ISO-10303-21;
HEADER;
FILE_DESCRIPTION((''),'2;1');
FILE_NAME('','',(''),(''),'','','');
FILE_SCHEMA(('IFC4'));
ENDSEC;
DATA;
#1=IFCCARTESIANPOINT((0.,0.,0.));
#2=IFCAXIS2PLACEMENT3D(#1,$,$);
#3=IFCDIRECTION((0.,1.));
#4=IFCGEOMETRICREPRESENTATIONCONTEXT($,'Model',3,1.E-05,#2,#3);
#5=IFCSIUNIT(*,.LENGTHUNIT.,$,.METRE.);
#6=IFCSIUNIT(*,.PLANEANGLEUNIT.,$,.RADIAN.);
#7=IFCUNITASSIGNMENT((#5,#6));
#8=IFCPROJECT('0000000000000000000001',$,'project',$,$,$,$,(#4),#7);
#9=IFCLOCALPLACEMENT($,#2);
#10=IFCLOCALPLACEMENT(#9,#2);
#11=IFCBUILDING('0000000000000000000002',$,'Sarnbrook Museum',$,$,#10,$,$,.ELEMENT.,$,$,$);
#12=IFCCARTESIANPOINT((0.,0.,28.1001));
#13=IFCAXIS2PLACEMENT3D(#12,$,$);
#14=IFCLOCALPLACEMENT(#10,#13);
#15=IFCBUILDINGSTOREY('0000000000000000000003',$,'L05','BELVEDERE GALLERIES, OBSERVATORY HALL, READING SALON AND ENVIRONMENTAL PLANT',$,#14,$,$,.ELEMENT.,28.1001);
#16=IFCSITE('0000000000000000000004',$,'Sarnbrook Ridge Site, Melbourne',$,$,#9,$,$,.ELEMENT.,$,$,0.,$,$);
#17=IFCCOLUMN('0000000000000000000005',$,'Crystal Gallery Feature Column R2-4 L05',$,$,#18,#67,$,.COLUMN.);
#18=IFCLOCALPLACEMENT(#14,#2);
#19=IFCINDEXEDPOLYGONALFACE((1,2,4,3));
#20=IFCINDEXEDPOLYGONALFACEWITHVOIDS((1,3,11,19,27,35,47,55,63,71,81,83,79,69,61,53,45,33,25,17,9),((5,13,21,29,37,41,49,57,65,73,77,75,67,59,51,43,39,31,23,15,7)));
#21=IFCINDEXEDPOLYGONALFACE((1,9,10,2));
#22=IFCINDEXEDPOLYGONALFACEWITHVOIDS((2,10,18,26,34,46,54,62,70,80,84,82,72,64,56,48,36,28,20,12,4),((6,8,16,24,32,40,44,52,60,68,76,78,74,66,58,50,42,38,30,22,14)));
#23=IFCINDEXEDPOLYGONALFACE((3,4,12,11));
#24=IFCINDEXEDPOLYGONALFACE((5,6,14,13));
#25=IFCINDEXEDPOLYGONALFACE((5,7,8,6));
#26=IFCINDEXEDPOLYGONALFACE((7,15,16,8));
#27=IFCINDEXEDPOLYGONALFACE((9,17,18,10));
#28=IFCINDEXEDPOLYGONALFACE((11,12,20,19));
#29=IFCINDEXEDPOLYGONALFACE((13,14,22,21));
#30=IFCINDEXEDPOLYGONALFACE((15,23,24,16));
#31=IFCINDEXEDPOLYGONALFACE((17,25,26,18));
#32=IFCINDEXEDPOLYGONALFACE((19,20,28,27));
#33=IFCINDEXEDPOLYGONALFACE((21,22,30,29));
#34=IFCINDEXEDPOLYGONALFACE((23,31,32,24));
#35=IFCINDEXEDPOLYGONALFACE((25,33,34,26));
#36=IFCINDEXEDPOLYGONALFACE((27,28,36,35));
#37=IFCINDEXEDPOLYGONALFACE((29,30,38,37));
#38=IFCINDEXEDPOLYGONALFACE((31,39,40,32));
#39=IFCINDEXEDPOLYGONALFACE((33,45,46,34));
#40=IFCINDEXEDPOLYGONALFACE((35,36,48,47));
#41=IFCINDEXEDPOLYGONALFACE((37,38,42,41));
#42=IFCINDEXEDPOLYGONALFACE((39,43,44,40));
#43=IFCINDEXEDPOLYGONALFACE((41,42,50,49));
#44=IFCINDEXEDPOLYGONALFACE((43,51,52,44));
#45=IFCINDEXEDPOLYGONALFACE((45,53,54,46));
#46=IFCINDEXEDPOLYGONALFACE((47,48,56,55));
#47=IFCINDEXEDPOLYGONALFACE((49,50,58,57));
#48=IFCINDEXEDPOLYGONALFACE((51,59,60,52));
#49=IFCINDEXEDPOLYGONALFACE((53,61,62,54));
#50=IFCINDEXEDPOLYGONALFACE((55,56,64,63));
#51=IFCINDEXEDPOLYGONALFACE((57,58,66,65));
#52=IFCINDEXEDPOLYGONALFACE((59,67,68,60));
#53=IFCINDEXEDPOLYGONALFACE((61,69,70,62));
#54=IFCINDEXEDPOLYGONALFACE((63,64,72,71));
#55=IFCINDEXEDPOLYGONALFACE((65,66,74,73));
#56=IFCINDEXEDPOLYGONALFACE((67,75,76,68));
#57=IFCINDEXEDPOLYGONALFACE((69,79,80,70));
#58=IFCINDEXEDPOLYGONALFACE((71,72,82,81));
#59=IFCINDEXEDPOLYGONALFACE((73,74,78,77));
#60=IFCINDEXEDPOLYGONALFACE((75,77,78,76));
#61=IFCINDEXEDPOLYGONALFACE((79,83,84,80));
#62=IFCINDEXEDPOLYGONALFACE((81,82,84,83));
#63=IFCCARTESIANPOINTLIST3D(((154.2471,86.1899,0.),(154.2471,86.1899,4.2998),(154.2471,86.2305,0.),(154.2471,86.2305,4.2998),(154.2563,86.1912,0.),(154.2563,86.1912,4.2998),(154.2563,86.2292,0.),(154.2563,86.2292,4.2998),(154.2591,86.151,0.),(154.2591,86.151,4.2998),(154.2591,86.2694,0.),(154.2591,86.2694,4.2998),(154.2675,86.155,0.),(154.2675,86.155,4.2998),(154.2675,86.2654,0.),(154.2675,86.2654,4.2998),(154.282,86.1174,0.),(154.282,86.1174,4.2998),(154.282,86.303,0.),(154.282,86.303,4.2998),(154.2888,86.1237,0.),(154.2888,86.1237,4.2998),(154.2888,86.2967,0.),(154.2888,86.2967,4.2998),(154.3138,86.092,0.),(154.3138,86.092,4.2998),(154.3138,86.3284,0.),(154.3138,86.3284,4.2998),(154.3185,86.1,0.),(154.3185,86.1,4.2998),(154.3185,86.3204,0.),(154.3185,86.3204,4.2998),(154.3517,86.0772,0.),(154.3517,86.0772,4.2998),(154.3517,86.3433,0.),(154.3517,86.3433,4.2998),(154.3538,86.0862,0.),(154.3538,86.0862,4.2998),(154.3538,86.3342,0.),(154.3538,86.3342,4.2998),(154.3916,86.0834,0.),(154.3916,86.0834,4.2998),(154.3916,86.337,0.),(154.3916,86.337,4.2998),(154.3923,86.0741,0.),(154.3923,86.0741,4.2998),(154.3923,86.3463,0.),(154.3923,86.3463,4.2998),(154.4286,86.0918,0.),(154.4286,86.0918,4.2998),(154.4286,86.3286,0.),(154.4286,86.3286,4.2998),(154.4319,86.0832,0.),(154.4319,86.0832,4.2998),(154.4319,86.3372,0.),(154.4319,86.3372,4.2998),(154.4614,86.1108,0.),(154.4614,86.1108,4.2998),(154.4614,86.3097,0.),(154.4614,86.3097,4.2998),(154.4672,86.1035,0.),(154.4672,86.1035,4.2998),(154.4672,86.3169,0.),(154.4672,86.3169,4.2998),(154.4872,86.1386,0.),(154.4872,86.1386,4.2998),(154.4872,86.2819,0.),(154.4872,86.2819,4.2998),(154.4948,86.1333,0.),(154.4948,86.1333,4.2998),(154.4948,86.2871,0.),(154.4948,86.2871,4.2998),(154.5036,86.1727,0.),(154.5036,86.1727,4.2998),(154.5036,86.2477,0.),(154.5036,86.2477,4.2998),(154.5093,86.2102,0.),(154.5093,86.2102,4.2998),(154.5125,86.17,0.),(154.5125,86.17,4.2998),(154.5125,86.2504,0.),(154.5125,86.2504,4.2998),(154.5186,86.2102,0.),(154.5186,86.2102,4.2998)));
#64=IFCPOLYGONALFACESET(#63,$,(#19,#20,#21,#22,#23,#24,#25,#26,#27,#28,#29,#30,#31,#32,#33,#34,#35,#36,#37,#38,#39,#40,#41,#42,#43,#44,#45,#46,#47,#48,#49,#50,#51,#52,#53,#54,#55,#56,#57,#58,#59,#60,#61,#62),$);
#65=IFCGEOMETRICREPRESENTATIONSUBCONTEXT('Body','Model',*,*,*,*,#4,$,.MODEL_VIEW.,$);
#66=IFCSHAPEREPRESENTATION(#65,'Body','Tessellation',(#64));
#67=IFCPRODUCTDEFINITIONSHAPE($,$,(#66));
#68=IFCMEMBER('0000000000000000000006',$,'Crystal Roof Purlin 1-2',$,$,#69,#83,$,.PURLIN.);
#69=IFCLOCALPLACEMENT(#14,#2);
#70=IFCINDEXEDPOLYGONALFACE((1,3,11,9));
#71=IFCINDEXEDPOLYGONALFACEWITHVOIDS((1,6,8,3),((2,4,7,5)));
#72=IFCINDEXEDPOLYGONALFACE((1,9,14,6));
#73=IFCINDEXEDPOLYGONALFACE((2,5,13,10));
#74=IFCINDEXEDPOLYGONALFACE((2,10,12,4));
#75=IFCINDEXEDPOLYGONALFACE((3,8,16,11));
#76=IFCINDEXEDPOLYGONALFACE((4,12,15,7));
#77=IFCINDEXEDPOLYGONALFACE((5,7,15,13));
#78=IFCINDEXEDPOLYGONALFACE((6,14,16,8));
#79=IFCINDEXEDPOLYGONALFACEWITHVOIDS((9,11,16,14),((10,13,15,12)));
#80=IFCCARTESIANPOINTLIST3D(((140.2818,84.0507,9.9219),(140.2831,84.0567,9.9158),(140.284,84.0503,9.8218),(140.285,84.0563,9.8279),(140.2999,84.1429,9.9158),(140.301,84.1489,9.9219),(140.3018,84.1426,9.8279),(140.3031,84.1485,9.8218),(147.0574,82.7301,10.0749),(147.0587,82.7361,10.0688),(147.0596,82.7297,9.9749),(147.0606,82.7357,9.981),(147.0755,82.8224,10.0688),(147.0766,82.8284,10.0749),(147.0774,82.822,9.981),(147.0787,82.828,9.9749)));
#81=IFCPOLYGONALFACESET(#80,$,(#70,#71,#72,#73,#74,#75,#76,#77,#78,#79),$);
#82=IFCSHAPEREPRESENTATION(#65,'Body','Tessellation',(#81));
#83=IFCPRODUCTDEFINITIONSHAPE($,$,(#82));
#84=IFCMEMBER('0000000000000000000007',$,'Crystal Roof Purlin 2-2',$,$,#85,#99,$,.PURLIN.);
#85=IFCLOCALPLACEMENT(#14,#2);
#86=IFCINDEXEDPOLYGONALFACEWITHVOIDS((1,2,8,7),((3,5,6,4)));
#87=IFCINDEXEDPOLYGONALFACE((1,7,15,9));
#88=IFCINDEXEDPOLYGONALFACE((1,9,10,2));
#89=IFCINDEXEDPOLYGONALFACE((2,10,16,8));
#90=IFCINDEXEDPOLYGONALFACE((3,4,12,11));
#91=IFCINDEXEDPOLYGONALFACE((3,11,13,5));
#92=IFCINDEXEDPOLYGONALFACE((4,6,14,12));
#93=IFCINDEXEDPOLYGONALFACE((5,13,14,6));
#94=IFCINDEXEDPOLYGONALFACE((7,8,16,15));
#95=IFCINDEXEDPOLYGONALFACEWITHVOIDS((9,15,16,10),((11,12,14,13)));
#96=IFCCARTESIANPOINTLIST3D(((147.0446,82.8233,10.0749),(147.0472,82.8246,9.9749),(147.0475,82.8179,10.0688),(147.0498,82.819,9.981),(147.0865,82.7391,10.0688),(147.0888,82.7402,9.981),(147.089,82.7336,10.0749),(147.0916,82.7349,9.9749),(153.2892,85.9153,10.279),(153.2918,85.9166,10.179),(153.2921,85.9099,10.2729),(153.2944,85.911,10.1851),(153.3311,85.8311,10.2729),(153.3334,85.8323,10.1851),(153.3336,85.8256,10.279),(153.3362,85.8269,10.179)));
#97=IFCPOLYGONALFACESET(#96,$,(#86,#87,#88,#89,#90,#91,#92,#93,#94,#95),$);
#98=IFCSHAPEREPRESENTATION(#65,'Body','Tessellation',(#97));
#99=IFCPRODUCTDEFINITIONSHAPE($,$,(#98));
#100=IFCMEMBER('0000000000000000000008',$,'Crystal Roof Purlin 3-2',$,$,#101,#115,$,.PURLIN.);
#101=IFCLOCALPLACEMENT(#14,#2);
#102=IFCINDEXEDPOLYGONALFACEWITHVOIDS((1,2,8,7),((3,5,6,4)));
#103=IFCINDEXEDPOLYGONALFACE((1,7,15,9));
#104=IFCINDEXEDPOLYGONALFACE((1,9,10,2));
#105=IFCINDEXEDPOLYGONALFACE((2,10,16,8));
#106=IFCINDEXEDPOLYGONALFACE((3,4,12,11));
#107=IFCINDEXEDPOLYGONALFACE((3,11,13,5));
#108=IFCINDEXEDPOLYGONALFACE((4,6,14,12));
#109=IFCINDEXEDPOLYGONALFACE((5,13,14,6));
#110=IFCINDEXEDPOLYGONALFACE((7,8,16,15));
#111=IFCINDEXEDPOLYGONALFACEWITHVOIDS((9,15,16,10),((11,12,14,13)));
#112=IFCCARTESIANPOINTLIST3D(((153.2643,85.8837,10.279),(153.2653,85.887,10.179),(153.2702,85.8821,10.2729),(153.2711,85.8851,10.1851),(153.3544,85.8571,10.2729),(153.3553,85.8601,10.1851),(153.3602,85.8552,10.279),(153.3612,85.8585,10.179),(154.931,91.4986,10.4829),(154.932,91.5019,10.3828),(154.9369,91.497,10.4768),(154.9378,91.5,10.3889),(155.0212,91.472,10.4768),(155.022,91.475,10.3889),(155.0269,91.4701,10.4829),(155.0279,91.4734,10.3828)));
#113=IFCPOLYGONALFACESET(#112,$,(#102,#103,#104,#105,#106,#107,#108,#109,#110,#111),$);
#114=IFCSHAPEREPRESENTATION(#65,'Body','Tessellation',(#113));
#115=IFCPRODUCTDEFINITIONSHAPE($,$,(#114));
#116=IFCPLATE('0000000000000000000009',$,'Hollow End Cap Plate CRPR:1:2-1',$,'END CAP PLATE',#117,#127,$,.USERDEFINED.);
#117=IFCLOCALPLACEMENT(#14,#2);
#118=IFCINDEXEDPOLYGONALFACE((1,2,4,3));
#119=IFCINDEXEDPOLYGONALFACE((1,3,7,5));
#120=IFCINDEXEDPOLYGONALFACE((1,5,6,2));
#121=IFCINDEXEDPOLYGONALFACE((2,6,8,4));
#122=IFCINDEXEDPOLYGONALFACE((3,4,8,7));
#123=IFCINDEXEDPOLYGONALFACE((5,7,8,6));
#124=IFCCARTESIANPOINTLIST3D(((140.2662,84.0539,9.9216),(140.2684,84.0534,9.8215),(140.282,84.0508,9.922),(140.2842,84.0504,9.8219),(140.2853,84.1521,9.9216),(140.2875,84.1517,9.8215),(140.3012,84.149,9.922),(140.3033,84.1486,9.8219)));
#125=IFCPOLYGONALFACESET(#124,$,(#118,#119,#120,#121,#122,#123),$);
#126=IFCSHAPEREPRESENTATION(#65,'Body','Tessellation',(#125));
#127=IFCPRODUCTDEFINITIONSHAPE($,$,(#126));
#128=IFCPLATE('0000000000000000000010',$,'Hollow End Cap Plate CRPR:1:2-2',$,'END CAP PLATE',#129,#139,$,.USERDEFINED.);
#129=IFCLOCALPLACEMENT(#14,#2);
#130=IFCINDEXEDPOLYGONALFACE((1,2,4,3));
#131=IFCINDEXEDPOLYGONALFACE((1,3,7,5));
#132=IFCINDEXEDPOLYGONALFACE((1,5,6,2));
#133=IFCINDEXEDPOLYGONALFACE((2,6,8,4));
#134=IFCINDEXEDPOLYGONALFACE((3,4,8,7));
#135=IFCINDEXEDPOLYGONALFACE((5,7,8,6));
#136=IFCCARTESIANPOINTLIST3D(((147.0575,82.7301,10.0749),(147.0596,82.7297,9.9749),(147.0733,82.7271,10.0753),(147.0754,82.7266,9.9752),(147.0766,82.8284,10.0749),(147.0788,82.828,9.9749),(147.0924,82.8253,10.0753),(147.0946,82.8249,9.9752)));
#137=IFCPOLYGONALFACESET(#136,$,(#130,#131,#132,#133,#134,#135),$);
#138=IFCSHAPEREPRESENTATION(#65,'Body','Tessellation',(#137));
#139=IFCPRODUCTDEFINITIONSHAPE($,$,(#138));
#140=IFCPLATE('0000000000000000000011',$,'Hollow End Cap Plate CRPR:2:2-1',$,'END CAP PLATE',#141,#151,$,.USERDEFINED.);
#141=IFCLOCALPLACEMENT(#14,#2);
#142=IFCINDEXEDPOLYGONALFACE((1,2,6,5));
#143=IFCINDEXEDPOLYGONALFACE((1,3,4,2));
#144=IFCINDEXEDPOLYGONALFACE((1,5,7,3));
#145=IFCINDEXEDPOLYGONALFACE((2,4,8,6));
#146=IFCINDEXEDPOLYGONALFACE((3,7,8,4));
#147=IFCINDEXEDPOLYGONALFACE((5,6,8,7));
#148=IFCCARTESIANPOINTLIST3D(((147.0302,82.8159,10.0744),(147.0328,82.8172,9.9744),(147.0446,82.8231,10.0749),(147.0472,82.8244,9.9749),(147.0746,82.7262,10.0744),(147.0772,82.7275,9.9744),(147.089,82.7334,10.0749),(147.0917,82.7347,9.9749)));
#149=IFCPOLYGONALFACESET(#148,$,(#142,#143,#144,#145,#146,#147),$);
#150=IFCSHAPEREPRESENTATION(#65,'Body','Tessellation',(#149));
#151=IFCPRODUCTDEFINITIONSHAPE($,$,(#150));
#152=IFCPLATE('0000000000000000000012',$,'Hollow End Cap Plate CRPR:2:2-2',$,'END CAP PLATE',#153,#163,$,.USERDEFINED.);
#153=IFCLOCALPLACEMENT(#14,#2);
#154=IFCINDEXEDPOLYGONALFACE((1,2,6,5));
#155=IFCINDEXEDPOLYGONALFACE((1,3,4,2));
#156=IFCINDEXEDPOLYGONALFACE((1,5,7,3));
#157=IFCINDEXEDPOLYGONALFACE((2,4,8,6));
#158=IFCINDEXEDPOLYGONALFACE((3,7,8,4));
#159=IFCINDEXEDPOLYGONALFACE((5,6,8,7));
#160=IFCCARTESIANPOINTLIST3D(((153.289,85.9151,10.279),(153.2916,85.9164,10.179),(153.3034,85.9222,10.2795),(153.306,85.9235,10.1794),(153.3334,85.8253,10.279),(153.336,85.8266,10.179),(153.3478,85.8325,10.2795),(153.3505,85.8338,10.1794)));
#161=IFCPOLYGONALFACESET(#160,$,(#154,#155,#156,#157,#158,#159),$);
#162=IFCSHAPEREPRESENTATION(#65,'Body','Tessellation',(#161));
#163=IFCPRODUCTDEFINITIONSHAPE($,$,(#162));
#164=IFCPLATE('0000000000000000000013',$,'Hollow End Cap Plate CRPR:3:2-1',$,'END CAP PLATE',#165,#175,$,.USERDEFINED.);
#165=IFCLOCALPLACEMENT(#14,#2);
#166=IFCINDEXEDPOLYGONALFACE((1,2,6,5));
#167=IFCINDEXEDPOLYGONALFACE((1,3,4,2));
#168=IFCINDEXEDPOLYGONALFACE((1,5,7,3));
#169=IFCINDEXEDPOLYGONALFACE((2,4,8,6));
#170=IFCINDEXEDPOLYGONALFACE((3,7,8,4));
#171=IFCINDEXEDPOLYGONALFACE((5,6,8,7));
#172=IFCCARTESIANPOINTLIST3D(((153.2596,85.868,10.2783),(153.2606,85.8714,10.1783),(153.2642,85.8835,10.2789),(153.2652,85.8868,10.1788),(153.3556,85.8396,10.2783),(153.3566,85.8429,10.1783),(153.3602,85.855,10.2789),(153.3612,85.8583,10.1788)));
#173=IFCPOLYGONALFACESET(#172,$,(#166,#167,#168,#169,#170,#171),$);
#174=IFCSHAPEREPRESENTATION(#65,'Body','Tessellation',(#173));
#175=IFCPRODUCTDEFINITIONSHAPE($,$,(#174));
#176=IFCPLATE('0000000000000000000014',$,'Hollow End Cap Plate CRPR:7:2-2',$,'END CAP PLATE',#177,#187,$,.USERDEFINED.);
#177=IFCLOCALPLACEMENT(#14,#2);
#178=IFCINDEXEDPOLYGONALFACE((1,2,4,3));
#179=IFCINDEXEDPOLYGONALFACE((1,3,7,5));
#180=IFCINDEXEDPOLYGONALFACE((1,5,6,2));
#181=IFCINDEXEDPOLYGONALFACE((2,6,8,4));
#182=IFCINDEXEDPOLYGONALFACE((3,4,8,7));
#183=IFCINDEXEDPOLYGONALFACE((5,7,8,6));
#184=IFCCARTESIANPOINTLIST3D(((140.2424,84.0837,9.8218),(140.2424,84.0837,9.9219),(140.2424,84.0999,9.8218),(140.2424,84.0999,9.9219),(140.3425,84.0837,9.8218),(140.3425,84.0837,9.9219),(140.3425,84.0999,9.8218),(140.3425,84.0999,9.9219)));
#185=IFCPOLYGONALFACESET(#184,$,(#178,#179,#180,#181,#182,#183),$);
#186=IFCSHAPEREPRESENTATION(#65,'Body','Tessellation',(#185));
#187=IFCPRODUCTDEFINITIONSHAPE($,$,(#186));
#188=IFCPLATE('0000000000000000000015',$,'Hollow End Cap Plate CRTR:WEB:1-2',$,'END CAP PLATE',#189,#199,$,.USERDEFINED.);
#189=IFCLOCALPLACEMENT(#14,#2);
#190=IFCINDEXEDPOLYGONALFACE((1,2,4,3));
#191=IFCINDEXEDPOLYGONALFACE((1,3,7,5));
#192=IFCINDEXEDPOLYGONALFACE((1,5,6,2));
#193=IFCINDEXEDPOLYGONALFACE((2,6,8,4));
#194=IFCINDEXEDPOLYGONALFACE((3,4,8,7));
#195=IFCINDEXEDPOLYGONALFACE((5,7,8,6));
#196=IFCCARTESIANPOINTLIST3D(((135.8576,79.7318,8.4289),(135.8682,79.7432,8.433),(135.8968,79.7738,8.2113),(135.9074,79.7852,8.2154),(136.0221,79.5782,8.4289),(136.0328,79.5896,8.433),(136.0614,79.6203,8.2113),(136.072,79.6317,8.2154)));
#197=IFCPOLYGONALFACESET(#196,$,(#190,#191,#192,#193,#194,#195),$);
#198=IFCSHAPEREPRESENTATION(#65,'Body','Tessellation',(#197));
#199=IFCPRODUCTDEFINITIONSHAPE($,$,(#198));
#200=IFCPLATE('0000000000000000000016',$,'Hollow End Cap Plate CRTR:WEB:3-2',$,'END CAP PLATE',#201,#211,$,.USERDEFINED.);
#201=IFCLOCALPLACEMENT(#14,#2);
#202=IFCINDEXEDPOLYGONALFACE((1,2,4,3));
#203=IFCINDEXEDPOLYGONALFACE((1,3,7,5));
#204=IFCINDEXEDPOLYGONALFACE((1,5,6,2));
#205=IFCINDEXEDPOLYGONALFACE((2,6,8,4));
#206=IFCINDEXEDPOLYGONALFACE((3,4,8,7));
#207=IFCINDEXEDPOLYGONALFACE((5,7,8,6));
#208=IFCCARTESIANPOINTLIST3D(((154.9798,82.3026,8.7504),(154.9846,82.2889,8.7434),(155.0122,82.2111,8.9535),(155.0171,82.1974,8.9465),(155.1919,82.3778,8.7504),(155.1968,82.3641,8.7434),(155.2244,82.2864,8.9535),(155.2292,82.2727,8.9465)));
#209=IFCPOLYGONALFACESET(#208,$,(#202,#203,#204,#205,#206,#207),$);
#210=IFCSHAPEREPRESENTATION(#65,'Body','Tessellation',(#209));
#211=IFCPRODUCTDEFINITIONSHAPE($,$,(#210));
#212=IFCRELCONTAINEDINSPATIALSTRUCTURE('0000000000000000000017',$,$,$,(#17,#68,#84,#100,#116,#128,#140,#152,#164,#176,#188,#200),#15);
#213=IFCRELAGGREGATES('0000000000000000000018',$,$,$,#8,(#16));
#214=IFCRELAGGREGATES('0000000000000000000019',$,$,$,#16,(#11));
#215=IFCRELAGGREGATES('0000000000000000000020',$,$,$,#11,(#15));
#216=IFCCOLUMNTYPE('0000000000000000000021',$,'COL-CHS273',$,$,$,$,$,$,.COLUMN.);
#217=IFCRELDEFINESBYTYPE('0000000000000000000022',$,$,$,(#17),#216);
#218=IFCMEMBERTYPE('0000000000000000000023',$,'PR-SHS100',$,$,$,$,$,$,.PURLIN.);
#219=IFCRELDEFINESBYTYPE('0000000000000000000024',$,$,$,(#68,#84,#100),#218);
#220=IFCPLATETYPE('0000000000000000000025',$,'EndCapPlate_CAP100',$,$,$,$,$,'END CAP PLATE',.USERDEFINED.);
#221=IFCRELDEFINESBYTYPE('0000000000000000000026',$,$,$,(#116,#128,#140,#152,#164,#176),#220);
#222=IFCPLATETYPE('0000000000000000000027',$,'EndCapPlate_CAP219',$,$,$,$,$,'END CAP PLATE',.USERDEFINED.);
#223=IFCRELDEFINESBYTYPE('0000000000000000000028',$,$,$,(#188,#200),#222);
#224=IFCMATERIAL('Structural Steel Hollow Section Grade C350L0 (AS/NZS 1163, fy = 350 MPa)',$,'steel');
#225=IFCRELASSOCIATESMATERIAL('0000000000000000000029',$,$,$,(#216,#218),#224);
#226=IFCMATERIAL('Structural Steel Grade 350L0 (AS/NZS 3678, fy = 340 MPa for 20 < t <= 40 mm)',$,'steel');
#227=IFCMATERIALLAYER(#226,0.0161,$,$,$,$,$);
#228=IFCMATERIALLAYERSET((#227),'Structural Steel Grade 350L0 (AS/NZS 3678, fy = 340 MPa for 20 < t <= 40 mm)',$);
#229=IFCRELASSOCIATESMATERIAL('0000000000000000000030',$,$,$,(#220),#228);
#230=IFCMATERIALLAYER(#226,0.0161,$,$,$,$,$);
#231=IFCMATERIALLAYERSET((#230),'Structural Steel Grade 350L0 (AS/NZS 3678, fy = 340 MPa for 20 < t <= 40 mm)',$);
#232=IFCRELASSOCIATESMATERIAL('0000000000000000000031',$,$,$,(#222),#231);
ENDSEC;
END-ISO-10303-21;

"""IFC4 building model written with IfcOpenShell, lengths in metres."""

from ifc_helpers import new_model, si_unit, direction, frame, origin, origin_2d, place, context, subcontext, project, spatial, rectangle, hollow_rectangle, hollow_circle, extrude, material, layer, layer_set, material_profile, profile_set, type_object, element, save


model = new_model("IFC4")

# Units and contexts
model_context = context("Model", 3, precision=1e-05, world=origin(), true_north=direction((0.0, 1.0)))
body_context = subcontext(model_context, "Body", "Model", "MODEL_VIEW")
ifc_project = project(units=[si_unit("LENGTHUNIT", "METRE"), si_unit("PLANEANGLEUNIT", "RADIAN")], contexts=[model_context])

# Site, building, storey
site_placement = place(None, origin())
site = spatial("IfcSite", under=ifc_project, at=site_placement, Name="Sarnbrook Ridge Site, Melbourne", CompositionType="ELEMENT", RefElevation=0.0)
building_placement = place(site_placement, origin())
building = spatial("IfcBuilding", under=site, at=building_placement, Name="Sarnbrook Museum", CompositionType="ELEMENT")
storey_placement = place(building_placement, frame((0.0, 0.0, 28.1001)))
storey = spatial("IfcBuildingStorey", under=building, at=storey_placement, Name="L05", Description="BELVEDERE GALLERIES, OBSERVATORY HALL, READING SALON AND ENVIRONMENTAL PLANT", CompositionType="ELEMENT", Elevation=28.1001)

# Column
ifc_material_1 = material(Name="Structural Steel Hollow Section Grade C350L0 (AS/NZS 1163, fy = 350 MPa)", Category="steel")
ifc_material_profile_1 = material_profile(ifc_material_1, hollow_circle(Radius=0.1365, WallThickness=0.0093, at=origin_2d()), Name="273.1x9.3CHS")
ifc_profile_set_1 = profile_set([ifc_material_profile_1], Name="Structural Steel Hollow Section Grade C350L0 (AS/NZS 1163, fy = 350 MPa)")
column_type = type_object("IfcColumnType", Name="COL-CHS273", PredefinedType="COLUMN", material=ifc_profile_set_1)
column_placement = place(storey_placement, frame((154.3821, 86.2102, 0.0), z_axis=(0.0, 0.0, 1.0), x_axis=(1.0, 0.0, 0.0)))
element("IfcColumn", 1, at=column_placement, inside=storey, type_object=column_type, Name="Crystal Gallery Feature Column R2-4 L05", PredefinedType="COLUMN", context=body_context, shape_type="SweptSolid", body=[
    extrude(hollow_circle(Radius=0.1365, WallThickness=0.0093, at=origin_2d()), origin(), (0.0, 0.0, 1.0), 4.2998),
])

# Members
ifc_material_profile_2 = material_profile(ifc_material_1, hollow_rectangle(XDim=0.1001, YDim=0.1001, WallThickness=0.0061, at=origin_2d()), Name="100x100x6.0SHS")
ifc_profile_set_2 = profile_set([ifc_material_profile_2], Name="Structural Steel Hollow Section Grade C350L0 (AS/NZS 1163, fy = 350 MPa)")
member_type = type_object("IfcMemberType", Name="PR-SHS100", PredefinedType="PURLIN", material=ifc_profile_set_2)
member_1_placement = place(storey_placement, frame((140.2925, 84.0996, 9.8718), z_axis=(0.981291, -0.191251, 0.022169), x_axis=(0.191298, 0.981532, 0.0)))
element("IfcMember", 2, at=member_1_placement, inside=storey, type_object=member_type, Name="Crystal Roof Purlin 1-2", PredefinedType="PURLIN", context=body_context, shape_type="SweptSolid", body=[
    extrude(hollow_rectangle(XDim=0.1001, YDim=0.1001, WallThickness=0.0061, at=origin_2d()), origin(), (0.0, 0.0, 1.0), 6.9048),
])
member_2_placement = place(storey_placement, frame((147.0681, 82.7791, 10.0249), z_axis=(0.895774, 0.443544, 0.029278), x_axis=(-0.443735, 0.896158, 0.0)))
element("IfcMember", 3, at=member_2_placement, inside=storey, type_object=member_type, Name="Crystal Roof Purlin 2-2", PredefinedType="PURLIN", context=body_context, shape_type="SweptSolid", body=[
    extrude(hollow_rectangle(XDim=0.1001, YDim=0.1001, WallThickness=0.0061, at=origin_2d()), origin(), (0.0, 0.0, 1.0), 6.9712),
])
member_3_placement = place(storey_placement, frame((153.3127, 85.8711, 10.229), z_axis=(0.284394, 0.958076, 0.034784), x_axis=(-0.958656, 0.284567, 0.0)))
element("IfcMember", 4, at=member_3_placement, inside=storey, type_object=member_type, Name="Crystal Roof Purlin 3-2", PredefinedType="PURLIN", context=body_context, shape_type="SweptSolid", body=[
    extrude(hollow_rectangle(XDim=0.1001, YDim=0.1001, WallThickness=0.0061, at=origin_2d()), origin(), (0.0, 0.0, 1.0), 5.8606),
])

# Plates
ifc_material_2 = material(Name="Structural Steel Grade 350L0 (AS/NZS 3678, fy = 340 MPa for 20 < t <= 40 mm)", Category="steel")
ifc_layer_1 = layer(ifc_material_2, 0.0161)
ifc_layer_set_1 = layer_set([ifc_layer_1], Name="Structural Steel Grade 350L0 (AS/NZS 3678, fy = 340 MPa for 20 < t <= 40 mm)")
plate_type_1 = type_object("IfcPlateType", Name="EndCapPlate_CAP100", ElementType="END CAP PLATE", PredefinedType="USERDEFINED", material=ifc_layer_set_1)
for number, where, z_axis, x_axis, name in (
    (5, (140.2769, 84.1028, 9.8716), (0.981287, -0.19127, 0.022158), (0.191317, 0.981528, 0.0), "Hollow End Cap Plate CRPR:1:2-1"),
    (6, (147.0681, 82.7791, 10.0249), (0.981287, -0.19127, 0.022158), (0.191317, 0.981528, 0.0), "Hollow End Cap Plate CRPR:1:2-2"),
    (7, (147.0537, 82.7717, 10.0244), (0.895776, 0.443542, 0.029263), (-0.443732, 0.89616, 0.0), "Hollow End Cap Plate CRPR:2:2-1"),
    (8, (153.3125, 85.8708, 10.229), (0.895776, 0.443542, 0.029263), (-0.443732, 0.89616, 0.0), "Hollow End Cap Plate CRPR:2:2-2"),
    (9, (153.3081, 85.8555, 10.2283), (0.284417, 0.958068, 0.034808), (-0.958649, 0.28459, 0.0), "Hollow End Cap Plate CRPR:3:2-1"),
    (10, (140.2925, 84.0999, 9.8718), (0.0, -1.0, 0.0), (1.0, 0.0, 0.0), "Hollow End Cap Plate CRPR:7:2-2"),
):
    element("IfcPlate", number, at=place(storey_placement, frame(where, z_axis=z_axis, x_axis=x_axis)), inside=storey, type_object=plate_type_1, Name=name, ObjectType="END CAP PLATE", PredefinedType="USERDEFINED", context=body_context, shape_type="SweptSolid", body=[
        extrude(rectangle(XDim=0.1001, YDim=0.1001, at=origin_2d()), origin(), (0.0, 0.0, 1.0), 0.0161),
    ])
ifc_layer_2 = layer(ifc_material_2, 0.0161)
ifc_layer_set_2 = layer_set([ifc_layer_2], Name="Structural Steel Grade 350L0 (AS/NZS 3678, fy = 340 MPa for 20 < t <= 40 mm)")
plate_type_2 = type_object("IfcPlateType", Name="EndCapPlate_CAP219", ElementType="END CAP PLATE", PredefinedType="USERDEFINED", material=ifc_layer_set_2)
for number, where, z_axis, x_axis, name in (
    (11, (135.9595, 79.676, 8.3201), (0.65951, 0.706904, 0.255603), (-0.731193, 0.682171, 0.0), "Hollow End Cap Plate CRTR:WEB:1-2"),
    (12, (155.1069, 82.2808, 8.845), (-0.301623, 0.850464, 0.430969), (-0.942482, -0.334258, 0.0), "Hollow End Cap Plate CRTR:WEB:3-2"),
):
    element("IfcPlate", number, at=place(storey_placement, frame(where, z_axis=z_axis, x_axis=x_axis)), inside=storey, type_object=plate_type_2, Name=name, ObjectType="END CAP PLATE", PredefinedType="USERDEFINED", context=body_context, shape_type="SweptSolid", body=[
        extrude(rectangle(XDim=0.2251, YDim=0.2251, at=origin_2d()), origin(), (0.0, 0.0, 1.0), 0.0161),
    ])

save(model, "model.ifc")
